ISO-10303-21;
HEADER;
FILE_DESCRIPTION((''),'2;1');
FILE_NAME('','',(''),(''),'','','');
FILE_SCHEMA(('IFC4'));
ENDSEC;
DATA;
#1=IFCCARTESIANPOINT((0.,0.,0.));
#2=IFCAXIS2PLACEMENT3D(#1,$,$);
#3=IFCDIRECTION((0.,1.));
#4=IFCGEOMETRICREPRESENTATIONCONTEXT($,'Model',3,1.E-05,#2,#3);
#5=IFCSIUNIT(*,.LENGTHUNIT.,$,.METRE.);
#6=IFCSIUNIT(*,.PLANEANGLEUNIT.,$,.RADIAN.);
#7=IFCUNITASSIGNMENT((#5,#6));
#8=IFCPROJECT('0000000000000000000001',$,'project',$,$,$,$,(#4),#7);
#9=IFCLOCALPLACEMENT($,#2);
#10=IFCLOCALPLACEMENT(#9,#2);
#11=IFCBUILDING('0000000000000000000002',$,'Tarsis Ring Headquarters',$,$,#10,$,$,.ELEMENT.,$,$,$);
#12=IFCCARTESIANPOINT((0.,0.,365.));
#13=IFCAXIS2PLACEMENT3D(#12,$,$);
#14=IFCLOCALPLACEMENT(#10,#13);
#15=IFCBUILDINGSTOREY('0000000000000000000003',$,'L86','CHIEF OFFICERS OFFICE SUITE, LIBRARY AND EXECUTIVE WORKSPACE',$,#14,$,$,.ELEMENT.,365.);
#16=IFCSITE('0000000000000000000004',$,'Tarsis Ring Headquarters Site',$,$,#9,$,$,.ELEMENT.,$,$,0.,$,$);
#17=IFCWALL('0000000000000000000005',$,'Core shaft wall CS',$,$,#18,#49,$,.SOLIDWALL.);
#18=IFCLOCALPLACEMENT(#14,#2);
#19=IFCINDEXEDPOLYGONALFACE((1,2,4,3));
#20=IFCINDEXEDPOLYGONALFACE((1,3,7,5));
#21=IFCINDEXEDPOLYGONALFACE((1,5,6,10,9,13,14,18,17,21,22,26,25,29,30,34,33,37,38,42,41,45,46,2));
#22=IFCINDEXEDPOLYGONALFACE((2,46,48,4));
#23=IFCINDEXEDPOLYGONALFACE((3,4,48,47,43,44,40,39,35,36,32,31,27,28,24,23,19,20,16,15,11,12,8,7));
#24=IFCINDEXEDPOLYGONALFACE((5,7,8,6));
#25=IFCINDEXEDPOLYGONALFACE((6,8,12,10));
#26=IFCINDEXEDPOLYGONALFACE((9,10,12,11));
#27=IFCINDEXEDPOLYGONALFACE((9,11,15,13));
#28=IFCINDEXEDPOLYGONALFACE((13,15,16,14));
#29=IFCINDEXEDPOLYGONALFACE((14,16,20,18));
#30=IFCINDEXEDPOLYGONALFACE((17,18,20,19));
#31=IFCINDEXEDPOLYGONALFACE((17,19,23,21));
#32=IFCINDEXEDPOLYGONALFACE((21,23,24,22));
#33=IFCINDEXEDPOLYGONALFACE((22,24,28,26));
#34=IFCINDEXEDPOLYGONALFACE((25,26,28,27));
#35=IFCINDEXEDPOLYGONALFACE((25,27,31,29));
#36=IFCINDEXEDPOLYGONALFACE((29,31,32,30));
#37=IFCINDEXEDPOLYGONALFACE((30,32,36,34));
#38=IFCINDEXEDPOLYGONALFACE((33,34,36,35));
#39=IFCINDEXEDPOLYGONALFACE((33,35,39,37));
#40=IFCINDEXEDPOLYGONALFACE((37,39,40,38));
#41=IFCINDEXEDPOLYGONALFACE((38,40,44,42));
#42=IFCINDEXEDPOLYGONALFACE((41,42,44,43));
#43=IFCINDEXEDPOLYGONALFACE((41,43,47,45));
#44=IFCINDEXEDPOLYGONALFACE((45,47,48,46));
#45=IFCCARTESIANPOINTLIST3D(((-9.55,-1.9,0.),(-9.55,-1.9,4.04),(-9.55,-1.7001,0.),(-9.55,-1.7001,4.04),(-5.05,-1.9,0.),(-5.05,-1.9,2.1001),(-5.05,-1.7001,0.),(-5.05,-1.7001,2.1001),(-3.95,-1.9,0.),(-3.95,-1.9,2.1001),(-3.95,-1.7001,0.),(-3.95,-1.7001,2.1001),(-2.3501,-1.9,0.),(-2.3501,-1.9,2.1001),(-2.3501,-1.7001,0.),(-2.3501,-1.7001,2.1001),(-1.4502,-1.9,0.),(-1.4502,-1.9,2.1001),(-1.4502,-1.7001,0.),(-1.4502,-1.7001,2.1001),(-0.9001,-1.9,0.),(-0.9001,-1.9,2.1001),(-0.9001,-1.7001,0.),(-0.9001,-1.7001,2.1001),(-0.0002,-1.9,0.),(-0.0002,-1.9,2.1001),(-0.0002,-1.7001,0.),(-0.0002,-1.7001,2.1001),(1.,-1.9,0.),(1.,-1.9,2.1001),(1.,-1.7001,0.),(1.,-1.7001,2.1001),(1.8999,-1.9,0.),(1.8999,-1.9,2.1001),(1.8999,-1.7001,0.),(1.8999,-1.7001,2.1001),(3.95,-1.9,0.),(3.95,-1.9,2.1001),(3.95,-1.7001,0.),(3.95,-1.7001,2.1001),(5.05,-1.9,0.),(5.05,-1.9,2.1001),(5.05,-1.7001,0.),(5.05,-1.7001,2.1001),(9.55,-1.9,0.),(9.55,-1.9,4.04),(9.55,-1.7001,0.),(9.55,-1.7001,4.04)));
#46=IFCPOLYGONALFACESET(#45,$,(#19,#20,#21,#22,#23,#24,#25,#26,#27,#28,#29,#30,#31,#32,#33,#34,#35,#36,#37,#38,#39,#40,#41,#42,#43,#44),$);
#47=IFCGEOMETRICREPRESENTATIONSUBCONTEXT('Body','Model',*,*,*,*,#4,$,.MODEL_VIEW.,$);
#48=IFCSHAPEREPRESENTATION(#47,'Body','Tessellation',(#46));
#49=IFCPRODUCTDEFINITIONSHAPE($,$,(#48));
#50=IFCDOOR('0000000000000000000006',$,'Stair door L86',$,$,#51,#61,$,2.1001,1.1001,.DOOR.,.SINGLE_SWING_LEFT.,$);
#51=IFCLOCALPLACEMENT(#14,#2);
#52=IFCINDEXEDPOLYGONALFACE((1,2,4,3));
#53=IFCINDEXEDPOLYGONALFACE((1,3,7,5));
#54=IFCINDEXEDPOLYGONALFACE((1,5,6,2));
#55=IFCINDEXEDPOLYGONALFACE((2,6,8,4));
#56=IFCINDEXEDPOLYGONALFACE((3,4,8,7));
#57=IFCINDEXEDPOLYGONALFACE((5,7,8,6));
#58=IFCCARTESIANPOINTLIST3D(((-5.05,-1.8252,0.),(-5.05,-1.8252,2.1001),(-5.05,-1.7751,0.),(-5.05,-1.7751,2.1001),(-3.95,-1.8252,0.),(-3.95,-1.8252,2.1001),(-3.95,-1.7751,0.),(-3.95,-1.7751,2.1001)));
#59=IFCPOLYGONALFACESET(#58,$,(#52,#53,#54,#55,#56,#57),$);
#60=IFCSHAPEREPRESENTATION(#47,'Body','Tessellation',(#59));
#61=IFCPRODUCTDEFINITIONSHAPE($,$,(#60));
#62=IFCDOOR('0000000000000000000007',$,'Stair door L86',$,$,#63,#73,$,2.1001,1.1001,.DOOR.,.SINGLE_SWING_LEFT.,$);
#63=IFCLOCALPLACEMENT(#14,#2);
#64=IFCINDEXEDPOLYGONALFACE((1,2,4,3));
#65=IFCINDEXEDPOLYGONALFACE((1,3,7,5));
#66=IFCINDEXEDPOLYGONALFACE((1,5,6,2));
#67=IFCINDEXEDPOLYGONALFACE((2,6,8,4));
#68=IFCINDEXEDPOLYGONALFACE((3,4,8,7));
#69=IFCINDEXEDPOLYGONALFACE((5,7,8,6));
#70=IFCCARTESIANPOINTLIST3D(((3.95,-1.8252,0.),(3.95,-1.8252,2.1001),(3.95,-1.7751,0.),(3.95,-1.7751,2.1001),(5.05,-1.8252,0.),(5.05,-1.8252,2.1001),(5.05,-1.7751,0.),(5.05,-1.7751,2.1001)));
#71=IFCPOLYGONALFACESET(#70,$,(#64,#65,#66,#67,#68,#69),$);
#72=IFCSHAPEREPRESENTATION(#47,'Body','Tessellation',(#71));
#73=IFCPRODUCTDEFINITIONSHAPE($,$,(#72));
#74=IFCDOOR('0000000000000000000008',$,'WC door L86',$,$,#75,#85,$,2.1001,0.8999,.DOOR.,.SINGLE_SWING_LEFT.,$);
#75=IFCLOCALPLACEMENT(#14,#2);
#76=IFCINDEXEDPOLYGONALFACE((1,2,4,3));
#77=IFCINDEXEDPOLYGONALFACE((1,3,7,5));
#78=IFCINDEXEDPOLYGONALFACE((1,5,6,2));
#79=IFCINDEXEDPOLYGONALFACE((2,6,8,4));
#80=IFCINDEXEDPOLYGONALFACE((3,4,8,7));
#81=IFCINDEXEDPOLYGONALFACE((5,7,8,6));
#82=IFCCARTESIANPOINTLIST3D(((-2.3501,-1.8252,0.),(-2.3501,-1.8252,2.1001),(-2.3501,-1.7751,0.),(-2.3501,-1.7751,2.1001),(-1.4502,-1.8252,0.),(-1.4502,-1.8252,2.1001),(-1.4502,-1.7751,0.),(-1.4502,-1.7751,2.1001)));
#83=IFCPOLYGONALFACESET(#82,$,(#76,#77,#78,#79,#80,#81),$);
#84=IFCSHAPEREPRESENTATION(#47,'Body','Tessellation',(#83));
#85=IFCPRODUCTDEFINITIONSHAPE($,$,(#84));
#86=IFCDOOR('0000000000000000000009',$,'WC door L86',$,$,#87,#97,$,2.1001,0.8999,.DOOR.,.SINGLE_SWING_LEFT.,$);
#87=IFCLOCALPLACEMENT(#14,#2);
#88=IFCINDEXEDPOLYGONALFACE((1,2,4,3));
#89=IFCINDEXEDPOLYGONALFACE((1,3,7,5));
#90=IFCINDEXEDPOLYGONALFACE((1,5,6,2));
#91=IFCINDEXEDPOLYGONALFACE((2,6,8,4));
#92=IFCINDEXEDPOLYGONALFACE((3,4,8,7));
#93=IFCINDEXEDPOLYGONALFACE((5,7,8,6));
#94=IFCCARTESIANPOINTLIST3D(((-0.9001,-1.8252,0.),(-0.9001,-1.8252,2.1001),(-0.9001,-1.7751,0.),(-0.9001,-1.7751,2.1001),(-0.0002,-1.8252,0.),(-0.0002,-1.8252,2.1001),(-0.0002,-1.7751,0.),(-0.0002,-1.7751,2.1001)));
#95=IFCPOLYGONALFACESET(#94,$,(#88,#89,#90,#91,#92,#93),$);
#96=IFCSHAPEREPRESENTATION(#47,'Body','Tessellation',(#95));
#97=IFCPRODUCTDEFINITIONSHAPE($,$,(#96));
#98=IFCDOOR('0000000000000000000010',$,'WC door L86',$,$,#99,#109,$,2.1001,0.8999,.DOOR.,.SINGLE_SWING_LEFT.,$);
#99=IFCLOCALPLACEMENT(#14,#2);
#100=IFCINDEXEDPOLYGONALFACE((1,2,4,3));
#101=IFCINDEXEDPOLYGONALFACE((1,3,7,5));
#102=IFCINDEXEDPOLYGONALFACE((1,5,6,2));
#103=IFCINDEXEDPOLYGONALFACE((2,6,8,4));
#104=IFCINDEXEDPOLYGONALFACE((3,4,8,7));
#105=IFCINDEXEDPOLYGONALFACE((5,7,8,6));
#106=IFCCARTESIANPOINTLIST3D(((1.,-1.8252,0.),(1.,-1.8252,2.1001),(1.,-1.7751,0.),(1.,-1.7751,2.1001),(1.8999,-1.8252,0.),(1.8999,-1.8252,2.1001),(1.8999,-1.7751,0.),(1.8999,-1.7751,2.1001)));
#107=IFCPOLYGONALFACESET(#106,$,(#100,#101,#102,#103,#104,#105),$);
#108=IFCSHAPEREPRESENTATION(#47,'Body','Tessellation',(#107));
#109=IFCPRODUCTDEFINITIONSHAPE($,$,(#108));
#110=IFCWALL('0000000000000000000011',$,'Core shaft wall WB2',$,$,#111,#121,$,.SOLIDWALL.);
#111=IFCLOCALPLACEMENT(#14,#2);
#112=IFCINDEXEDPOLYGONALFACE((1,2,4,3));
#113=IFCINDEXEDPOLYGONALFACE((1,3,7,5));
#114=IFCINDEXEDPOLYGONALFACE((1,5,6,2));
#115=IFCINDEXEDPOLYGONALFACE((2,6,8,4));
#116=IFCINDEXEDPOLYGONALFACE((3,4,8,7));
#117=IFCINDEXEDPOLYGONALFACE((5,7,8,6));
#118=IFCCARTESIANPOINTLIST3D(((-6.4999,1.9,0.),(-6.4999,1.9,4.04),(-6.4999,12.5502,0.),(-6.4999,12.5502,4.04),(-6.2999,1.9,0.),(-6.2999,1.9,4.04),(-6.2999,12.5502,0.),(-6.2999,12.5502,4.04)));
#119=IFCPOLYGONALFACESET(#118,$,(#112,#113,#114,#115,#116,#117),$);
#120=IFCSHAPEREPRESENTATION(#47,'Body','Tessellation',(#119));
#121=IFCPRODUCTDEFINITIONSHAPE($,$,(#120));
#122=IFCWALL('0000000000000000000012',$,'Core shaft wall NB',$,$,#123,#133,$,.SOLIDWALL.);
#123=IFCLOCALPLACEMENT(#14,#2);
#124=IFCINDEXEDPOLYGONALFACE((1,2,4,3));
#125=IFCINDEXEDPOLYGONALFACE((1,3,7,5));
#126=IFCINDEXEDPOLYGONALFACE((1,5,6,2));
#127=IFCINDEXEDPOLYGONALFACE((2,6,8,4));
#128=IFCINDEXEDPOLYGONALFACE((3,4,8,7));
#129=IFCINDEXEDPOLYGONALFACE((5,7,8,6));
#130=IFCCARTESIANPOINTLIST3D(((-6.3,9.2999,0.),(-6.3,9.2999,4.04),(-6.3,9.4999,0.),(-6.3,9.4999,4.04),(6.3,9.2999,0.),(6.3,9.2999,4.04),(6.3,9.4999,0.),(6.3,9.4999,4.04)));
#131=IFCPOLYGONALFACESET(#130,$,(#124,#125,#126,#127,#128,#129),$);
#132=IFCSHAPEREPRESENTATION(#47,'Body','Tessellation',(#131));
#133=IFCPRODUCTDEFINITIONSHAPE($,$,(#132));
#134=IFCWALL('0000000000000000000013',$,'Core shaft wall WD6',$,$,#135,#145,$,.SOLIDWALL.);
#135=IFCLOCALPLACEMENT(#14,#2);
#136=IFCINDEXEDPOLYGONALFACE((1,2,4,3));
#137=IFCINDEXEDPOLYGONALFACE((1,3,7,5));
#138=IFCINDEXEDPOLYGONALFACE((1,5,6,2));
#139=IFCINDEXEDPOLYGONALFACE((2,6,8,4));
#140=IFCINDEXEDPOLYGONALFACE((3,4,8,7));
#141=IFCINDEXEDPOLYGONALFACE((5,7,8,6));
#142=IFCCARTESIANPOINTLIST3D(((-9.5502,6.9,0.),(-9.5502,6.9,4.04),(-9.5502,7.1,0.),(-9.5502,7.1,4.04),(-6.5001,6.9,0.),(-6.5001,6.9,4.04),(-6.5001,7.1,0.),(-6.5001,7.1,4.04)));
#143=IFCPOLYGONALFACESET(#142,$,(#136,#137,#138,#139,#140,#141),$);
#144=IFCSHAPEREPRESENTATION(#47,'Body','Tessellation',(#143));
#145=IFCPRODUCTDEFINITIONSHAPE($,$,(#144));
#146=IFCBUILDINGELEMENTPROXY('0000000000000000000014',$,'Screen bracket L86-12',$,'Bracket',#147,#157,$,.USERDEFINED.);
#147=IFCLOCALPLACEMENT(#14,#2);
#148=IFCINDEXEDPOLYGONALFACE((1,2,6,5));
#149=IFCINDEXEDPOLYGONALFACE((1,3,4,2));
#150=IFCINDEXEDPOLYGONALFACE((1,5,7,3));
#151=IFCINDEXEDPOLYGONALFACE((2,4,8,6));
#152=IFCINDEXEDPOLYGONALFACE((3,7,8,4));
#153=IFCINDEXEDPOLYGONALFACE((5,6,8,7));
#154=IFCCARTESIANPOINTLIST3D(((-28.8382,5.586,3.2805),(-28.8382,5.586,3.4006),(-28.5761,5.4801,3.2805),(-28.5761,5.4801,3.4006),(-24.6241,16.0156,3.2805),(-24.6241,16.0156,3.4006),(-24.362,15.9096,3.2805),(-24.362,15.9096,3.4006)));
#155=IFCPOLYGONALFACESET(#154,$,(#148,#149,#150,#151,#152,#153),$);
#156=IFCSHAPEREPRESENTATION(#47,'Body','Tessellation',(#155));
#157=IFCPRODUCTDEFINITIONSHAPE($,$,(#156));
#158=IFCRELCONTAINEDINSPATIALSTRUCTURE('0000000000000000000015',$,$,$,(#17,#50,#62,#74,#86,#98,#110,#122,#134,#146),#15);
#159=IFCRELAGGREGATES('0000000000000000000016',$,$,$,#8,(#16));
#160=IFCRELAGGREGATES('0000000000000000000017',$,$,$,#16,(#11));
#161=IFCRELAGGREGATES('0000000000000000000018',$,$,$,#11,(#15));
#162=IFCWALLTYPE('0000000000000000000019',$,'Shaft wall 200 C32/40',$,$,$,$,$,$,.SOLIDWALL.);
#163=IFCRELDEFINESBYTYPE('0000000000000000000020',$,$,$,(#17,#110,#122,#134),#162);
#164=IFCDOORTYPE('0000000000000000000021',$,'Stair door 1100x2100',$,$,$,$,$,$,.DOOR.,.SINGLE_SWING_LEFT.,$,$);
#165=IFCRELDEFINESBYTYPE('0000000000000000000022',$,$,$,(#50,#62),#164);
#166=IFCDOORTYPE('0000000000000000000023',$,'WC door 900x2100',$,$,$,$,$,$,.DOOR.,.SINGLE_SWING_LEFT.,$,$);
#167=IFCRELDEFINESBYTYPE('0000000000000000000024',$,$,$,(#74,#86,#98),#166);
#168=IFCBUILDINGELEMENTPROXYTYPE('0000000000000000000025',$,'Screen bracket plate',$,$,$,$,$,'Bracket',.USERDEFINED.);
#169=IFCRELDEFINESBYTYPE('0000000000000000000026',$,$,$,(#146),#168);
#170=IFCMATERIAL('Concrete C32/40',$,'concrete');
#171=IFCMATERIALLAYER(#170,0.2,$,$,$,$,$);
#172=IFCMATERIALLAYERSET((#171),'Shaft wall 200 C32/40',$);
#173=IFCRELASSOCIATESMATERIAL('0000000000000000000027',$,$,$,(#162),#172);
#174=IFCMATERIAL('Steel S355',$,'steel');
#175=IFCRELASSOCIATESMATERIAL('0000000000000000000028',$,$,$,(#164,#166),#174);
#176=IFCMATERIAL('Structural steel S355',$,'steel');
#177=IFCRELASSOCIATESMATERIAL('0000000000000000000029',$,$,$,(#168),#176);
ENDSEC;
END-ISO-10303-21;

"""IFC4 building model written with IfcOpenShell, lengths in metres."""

from ifc_helpers import new_model, si_unit, direction, frame, frame_2d, origin, origin_2d, place, context, subcontext, project, spatial, rectangle, extrude, material, layer, layer_set, type_object, element, fill, save


model = new_model("IFC4")

# Units and contexts
model_context = context("Model", 3, precision=1e-05, world=origin(), true_north=direction((0.0, 1.0)))
body_context = subcontext(model_context, "Body", "Model", "MODEL_VIEW")
ifc_project = project(units=[si_unit("LENGTHUNIT", "METRE"), si_unit("PLANEANGLEUNIT", "RADIAN")], contexts=[model_context])

# Site, building, storey
site_placement = place(None, origin())
site = spatial("IfcSite", under=ifc_project, at=site_placement, Name="Tarsis Ring Headquarters Site", CompositionType="ELEMENT", RefElevation=0.0)
building_placement = place(site_placement, origin())
building = spatial("IfcBuilding", under=site, at=building_placement, Name="Tarsis Ring Headquarters", CompositionType="ELEMENT")
storey_placement = place(building_placement, frame((0.0, 0.0, 365.0)))
storey = spatial("IfcBuildingStorey", under=building, at=storey_placement, Name="L86", Description="CHIEF OFFICERS OFFICE SUITE, LIBRARY AND EXECUTIVE WORKSPACE", CompositionType="ELEMENT", Elevation=365.0)

# Shared definitions
ifc_material_1 = material(Name="Structural steel S355", Category="steel")

# Shared definitions
ifc_material_2 = material(Name="Steel S355", Category="steel")

# Shared definitions
ifc_material_3 = material(Name="Concrete C32/40", Category="concrete")

# Wall, openings, doors
ifc_layer_1 = layer(ifc_material_3, 0.2)
ifc_layer_set_1 = layer_set([ifc_layer_1], Name="Shaft wall 200 C32/40")
wall_type_1 = type_object("IfcWallType", Name="Shaft wall 200 C32/40", PredefinedType="SOLIDWALL", material=ifc_layer_set_1)
door_type_1 = type_object("IfcDoorType", Name="Stair door 1100x2100", OperationType="SINGLE_SWING_LEFT", PredefinedType="DOOR", material=ifc_material_2)
wall_1_placement = place(storey_placement, frame((-9.55, -1.8, 0.0), z_axis=(0.0, 0.0, 1.0), x_axis=(1.0, 0.0, 0.0)))
wall_1 = element("IfcWall", 1, at=wall_1_placement, inside=storey, type_object=wall_type_1, Name="Core shaft wall CS", PredefinedType="SOLIDWALL", context=body_context, shape_type="SweptSolid", body=[
    extrude(rectangle(XDim=19.1001, YDim=0.2, at=frame_2d((9.55, 0.0))), origin(), (0.0, 0.0, 1.0), 4.04),
])
opening_1_placement = place(wall_1_placement, frame((4.5, 0.0, 0.0)))
opening_1 = element("IfcOpeningElement", 2, at=opening_1_placement, cuts=wall_1, PredefinedType="OPENING", context=body_context, shape_type="SweptSolid", body=[
    extrude(rectangle(XDim=1.1001, YDim=2.1001, at=frame_2d((0.55, 1.05))), frame((0.0, 0.1099, 0.0), z_axis=(0.0, -1.0, 0.0), x_axis=(1.0, 0.0, 0.0)), (0.0, 0.0, 1.0), 0.22),
])
opening_2_placement = place(wall_1_placement, frame((7.2, 0.0, 0.0)))
opening_2 = element("IfcOpeningElement", 3, at=opening_2_placement, cuts=wall_1, PredefinedType="OPENING", context=body_context, shape_type="SweptSolid", body=[
    extrude(rectangle(XDim=0.8999, YDim=2.1001, at=frame_2d((0.45, 1.05))), frame((0.0, 0.1099, 0.0), z_axis=(0.0, -1.0, 0.0), x_axis=(1.0, 0.0, 0.0)), (0.0, 0.0, 1.0), 0.22),
])
opening_3_placement = place(wall_1_placement, frame((8.6499, 0.0, 0.0)))
opening_3 = element("IfcOpeningElement", 4, at=opening_3_placement, cuts=wall_1, PredefinedType="OPENING", context=body_context, shape_type="SweptSolid", body=[
    extrude(rectangle(XDim=0.8999, YDim=2.1001, at=frame_2d((0.45, 1.05))), frame((0.0, 0.1099, 0.0), z_axis=(0.0, -1.0, 0.0), x_axis=(1.0, 0.0, 0.0)), (0.0, 0.0, 1.0), 0.22),
])
opening_4_placement = place(wall_1_placement, frame((10.55, 0.0, 0.0)))
opening_4 = element("IfcOpeningElement", 5, at=opening_4_placement, cuts=wall_1, PredefinedType="OPENING", context=body_context, shape_type="SweptSolid", body=[
    extrude(rectangle(XDim=0.8999, YDim=2.1001, at=frame_2d((0.45, 1.05))), frame((0.0, 0.1099, 0.0), z_axis=(0.0, -1.0, 0.0), x_axis=(1.0, 0.0, 0.0)), (0.0, 0.0, 1.0), 0.22),
])
opening_5_placement = place(wall_1_placement, frame((13.5, 0.0, 0.0)))
opening_5 = element("IfcOpeningElement", 6, at=opening_5_placement, cuts=wall_1, PredefinedType="OPENING", context=body_context, shape_type="SweptSolid", body=[
    extrude(rectangle(XDim=1.1001, YDim=2.1001, at=frame_2d((0.55, 1.05))), frame((0.0, 0.1099, 0.0), z_axis=(0.0, -1.0, 0.0), x_axis=(1.0, 0.0, 0.0)), (0.0, 0.0, 1.0), 0.22),
])
door_1_placement = place(opening_1_placement, origin())
door_1 = element("IfcDoor", 7, at=door_1_placement, inside=storey, type_object=door_type_1, Name="Stair door L86", OperationType="SINGLE_SWING_LEFT", OverallHeight=2.1001, OverallWidth=1.1001, PredefinedType="DOOR", context=body_context, shape_type="SweptSolid", body=[
    extrude(rectangle(XDim=1.1001, YDim=2.1001, at=frame_2d((0.55, 1.05))), frame((0.0, 0.0249, 0.0), z_axis=(0.0, -1.0, 0.0), x_axis=(1.0, 0.0, 0.0)), (0.0, 0.0, 1.0), 0.05),
])
fill(opening_1, door_1)
door_2_placement = place(opening_5_placement, origin())
door_2 = element("IfcDoor", 8, at=door_2_placement, inside=storey, type_object=door_type_1, Name="Stair door L86", OperationType="SINGLE_SWING_LEFT", OverallHeight=2.1001, OverallWidth=1.1001, PredefinedType="DOOR", context=body_context, shape_type="SweptSolid", body=[
    extrude(rectangle(XDim=1.1001, YDim=2.1001, at=frame_2d((0.55, 1.05))), frame((0.0, 0.0249, 0.0), z_axis=(0.0, -1.0, 0.0), x_axis=(1.0, 0.0, 0.0)), (0.0, 0.0, 1.0), 0.05),
])
fill(opening_5, door_2)
door_type_2 = type_object("IfcDoorType", Name="WC door 900x2100", OperationType="SINGLE_SWING_LEFT", PredefinedType="DOOR", material=ifc_material_2)
door_3_placement = place(opening_2_placement, origin())
door_3 = element("IfcDoor", 9, at=door_3_placement, inside=storey, type_object=door_type_2, Name="WC door L86", OperationType="SINGLE_SWING_LEFT", OverallHeight=2.1001, OverallWidth=0.8999, PredefinedType="DOOR", context=body_context, shape_type="SweptSolid", body=[
    extrude(rectangle(XDim=0.8999, YDim=2.1001, at=frame_2d((0.45, 1.05))), frame((0.0, 0.0249, 0.0), z_axis=(0.0, -1.0, 0.0), x_axis=(1.0, 0.0, 0.0)), (0.0, 0.0, 1.0), 0.05),
])
fill(opening_2, door_3)
door_4_placement = place(opening_3_placement, origin())
door_4 = element("IfcDoor", 10, at=door_4_placement, inside=storey, type_object=door_type_2, Name="WC door L86", OperationType="SINGLE_SWING_LEFT", OverallHeight=2.1001, OverallWidth=0.8999, PredefinedType="DOOR", context=body_context, shape_type="SweptSolid", body=[
    extrude(rectangle(XDim=0.8999, YDim=2.1001, at=frame_2d((0.45, 1.05))), frame((0.0, 0.0249, 0.0), z_axis=(0.0, -1.0, 0.0), x_axis=(1.0, 0.0, 0.0)), (0.0, 0.0, 1.0), 0.05),
])
fill(opening_3, door_4)
door_5_placement = place(opening_4_placement, origin())
door_5 = element("IfcDoor", 11, at=door_5_placement, inside=storey, type_object=door_type_2, Name="WC door L86", OperationType="SINGLE_SWING_LEFT", OverallHeight=2.1001, OverallWidth=0.8999, PredefinedType="DOOR", context=body_context, shape_type="SweptSolid", body=[
    extrude(rectangle(XDim=0.8999, YDim=2.1001, at=frame_2d((0.45, 1.05))), frame((0.0, 0.0249, 0.0), z_axis=(0.0, -1.0, 0.0), x_axis=(1.0, 0.0, 0.0)), (0.0, 0.0, 1.0), 0.05),
])
fill(opening_4, door_5)

# Walls
wall_2_placement = place(storey_placement, frame((-6.3999, 1.8999, 0.0), z_axis=(0.0, 0.0, 1.0), x_axis=(0.0, 1.0, 0.0)))
element("IfcWall", 12, at=wall_2_placement, inside=storey, type_object=wall_type_1, Name="Core shaft wall WB2", PredefinedType="SOLIDWALL", context=body_context, shape_type="SweptSolid", body=[
    extrude(rectangle(XDim=10.6501, YDim=0.2, at=frame_2d((5.3252, 0.0))), origin(), (0.0, 0.0, 1.0), 4.04),
])
wall_3_placement = place(storey_placement, frame((-6.3, 9.3999, 0.0), z_axis=(0.0, 0.0, 1.0), x_axis=(1.0, 0.0, 0.0)))
element("IfcWall", 13, at=wall_3_placement, inside=storey, type_object=wall_type_1, Name="Core shaft wall NB", PredefinedType="SOLIDWALL", context=body_context, shape_type="SweptSolid", body=[
    extrude(rectangle(XDim=12.6001, YDim=0.2, at=frame_2d((6.3, 0.0))), origin(), (0.0, 0.0, 1.0), 4.04),
])
wall_4_placement = place(storey_placement, frame((-9.55, 7.0, 0.0), z_axis=(0.0, 0.0, 1.0), x_axis=(1.0, 0.0, 0.0)))
element("IfcWall", 14, at=wall_4_placement, inside=storey, type_object=wall_type_1, Name="Core shaft wall WD6", PredefinedType="SOLIDWALL", context=body_context, shape_type="SweptSolid", body=[
    extrude(rectangle(XDim=3.05, YDim=0.2, at=frame_2d((1.5249, 0.0))), origin(), (0.0, 0.0, 1.0), 4.04),
])

# Building element proxy
building_element_proxy_type = type_object("IfcBuildingElementProxyType", Name="Screen bracket plate", ElementType="Bracket", PredefinedType="USERDEFINED", material=ifc_material_1)
proxy_placement = place(storey_placement, frame((-26.6001, 10.7478, 3.2805), z_axis=(0.0, 0.0, 1.0), x_axis=(-0.374627, -0.927175, 0.0)))
element("IfcBuildingElementProxy", 15, at=proxy_placement, inside=storey, type_object=building_element_proxy_type, Name="Screen bracket L86-12", ObjectType="Bracket", PredefinedType="USERDEFINED", context=body_context, shape_type="SweptSolid", body=[
    extrude(rectangle(XDim=11.2488, YDim=0.2827, at=origin_2d()), origin(), (0.0, 0.0, 1.0), 0.1201),
])

save(model, "model.ifc")
